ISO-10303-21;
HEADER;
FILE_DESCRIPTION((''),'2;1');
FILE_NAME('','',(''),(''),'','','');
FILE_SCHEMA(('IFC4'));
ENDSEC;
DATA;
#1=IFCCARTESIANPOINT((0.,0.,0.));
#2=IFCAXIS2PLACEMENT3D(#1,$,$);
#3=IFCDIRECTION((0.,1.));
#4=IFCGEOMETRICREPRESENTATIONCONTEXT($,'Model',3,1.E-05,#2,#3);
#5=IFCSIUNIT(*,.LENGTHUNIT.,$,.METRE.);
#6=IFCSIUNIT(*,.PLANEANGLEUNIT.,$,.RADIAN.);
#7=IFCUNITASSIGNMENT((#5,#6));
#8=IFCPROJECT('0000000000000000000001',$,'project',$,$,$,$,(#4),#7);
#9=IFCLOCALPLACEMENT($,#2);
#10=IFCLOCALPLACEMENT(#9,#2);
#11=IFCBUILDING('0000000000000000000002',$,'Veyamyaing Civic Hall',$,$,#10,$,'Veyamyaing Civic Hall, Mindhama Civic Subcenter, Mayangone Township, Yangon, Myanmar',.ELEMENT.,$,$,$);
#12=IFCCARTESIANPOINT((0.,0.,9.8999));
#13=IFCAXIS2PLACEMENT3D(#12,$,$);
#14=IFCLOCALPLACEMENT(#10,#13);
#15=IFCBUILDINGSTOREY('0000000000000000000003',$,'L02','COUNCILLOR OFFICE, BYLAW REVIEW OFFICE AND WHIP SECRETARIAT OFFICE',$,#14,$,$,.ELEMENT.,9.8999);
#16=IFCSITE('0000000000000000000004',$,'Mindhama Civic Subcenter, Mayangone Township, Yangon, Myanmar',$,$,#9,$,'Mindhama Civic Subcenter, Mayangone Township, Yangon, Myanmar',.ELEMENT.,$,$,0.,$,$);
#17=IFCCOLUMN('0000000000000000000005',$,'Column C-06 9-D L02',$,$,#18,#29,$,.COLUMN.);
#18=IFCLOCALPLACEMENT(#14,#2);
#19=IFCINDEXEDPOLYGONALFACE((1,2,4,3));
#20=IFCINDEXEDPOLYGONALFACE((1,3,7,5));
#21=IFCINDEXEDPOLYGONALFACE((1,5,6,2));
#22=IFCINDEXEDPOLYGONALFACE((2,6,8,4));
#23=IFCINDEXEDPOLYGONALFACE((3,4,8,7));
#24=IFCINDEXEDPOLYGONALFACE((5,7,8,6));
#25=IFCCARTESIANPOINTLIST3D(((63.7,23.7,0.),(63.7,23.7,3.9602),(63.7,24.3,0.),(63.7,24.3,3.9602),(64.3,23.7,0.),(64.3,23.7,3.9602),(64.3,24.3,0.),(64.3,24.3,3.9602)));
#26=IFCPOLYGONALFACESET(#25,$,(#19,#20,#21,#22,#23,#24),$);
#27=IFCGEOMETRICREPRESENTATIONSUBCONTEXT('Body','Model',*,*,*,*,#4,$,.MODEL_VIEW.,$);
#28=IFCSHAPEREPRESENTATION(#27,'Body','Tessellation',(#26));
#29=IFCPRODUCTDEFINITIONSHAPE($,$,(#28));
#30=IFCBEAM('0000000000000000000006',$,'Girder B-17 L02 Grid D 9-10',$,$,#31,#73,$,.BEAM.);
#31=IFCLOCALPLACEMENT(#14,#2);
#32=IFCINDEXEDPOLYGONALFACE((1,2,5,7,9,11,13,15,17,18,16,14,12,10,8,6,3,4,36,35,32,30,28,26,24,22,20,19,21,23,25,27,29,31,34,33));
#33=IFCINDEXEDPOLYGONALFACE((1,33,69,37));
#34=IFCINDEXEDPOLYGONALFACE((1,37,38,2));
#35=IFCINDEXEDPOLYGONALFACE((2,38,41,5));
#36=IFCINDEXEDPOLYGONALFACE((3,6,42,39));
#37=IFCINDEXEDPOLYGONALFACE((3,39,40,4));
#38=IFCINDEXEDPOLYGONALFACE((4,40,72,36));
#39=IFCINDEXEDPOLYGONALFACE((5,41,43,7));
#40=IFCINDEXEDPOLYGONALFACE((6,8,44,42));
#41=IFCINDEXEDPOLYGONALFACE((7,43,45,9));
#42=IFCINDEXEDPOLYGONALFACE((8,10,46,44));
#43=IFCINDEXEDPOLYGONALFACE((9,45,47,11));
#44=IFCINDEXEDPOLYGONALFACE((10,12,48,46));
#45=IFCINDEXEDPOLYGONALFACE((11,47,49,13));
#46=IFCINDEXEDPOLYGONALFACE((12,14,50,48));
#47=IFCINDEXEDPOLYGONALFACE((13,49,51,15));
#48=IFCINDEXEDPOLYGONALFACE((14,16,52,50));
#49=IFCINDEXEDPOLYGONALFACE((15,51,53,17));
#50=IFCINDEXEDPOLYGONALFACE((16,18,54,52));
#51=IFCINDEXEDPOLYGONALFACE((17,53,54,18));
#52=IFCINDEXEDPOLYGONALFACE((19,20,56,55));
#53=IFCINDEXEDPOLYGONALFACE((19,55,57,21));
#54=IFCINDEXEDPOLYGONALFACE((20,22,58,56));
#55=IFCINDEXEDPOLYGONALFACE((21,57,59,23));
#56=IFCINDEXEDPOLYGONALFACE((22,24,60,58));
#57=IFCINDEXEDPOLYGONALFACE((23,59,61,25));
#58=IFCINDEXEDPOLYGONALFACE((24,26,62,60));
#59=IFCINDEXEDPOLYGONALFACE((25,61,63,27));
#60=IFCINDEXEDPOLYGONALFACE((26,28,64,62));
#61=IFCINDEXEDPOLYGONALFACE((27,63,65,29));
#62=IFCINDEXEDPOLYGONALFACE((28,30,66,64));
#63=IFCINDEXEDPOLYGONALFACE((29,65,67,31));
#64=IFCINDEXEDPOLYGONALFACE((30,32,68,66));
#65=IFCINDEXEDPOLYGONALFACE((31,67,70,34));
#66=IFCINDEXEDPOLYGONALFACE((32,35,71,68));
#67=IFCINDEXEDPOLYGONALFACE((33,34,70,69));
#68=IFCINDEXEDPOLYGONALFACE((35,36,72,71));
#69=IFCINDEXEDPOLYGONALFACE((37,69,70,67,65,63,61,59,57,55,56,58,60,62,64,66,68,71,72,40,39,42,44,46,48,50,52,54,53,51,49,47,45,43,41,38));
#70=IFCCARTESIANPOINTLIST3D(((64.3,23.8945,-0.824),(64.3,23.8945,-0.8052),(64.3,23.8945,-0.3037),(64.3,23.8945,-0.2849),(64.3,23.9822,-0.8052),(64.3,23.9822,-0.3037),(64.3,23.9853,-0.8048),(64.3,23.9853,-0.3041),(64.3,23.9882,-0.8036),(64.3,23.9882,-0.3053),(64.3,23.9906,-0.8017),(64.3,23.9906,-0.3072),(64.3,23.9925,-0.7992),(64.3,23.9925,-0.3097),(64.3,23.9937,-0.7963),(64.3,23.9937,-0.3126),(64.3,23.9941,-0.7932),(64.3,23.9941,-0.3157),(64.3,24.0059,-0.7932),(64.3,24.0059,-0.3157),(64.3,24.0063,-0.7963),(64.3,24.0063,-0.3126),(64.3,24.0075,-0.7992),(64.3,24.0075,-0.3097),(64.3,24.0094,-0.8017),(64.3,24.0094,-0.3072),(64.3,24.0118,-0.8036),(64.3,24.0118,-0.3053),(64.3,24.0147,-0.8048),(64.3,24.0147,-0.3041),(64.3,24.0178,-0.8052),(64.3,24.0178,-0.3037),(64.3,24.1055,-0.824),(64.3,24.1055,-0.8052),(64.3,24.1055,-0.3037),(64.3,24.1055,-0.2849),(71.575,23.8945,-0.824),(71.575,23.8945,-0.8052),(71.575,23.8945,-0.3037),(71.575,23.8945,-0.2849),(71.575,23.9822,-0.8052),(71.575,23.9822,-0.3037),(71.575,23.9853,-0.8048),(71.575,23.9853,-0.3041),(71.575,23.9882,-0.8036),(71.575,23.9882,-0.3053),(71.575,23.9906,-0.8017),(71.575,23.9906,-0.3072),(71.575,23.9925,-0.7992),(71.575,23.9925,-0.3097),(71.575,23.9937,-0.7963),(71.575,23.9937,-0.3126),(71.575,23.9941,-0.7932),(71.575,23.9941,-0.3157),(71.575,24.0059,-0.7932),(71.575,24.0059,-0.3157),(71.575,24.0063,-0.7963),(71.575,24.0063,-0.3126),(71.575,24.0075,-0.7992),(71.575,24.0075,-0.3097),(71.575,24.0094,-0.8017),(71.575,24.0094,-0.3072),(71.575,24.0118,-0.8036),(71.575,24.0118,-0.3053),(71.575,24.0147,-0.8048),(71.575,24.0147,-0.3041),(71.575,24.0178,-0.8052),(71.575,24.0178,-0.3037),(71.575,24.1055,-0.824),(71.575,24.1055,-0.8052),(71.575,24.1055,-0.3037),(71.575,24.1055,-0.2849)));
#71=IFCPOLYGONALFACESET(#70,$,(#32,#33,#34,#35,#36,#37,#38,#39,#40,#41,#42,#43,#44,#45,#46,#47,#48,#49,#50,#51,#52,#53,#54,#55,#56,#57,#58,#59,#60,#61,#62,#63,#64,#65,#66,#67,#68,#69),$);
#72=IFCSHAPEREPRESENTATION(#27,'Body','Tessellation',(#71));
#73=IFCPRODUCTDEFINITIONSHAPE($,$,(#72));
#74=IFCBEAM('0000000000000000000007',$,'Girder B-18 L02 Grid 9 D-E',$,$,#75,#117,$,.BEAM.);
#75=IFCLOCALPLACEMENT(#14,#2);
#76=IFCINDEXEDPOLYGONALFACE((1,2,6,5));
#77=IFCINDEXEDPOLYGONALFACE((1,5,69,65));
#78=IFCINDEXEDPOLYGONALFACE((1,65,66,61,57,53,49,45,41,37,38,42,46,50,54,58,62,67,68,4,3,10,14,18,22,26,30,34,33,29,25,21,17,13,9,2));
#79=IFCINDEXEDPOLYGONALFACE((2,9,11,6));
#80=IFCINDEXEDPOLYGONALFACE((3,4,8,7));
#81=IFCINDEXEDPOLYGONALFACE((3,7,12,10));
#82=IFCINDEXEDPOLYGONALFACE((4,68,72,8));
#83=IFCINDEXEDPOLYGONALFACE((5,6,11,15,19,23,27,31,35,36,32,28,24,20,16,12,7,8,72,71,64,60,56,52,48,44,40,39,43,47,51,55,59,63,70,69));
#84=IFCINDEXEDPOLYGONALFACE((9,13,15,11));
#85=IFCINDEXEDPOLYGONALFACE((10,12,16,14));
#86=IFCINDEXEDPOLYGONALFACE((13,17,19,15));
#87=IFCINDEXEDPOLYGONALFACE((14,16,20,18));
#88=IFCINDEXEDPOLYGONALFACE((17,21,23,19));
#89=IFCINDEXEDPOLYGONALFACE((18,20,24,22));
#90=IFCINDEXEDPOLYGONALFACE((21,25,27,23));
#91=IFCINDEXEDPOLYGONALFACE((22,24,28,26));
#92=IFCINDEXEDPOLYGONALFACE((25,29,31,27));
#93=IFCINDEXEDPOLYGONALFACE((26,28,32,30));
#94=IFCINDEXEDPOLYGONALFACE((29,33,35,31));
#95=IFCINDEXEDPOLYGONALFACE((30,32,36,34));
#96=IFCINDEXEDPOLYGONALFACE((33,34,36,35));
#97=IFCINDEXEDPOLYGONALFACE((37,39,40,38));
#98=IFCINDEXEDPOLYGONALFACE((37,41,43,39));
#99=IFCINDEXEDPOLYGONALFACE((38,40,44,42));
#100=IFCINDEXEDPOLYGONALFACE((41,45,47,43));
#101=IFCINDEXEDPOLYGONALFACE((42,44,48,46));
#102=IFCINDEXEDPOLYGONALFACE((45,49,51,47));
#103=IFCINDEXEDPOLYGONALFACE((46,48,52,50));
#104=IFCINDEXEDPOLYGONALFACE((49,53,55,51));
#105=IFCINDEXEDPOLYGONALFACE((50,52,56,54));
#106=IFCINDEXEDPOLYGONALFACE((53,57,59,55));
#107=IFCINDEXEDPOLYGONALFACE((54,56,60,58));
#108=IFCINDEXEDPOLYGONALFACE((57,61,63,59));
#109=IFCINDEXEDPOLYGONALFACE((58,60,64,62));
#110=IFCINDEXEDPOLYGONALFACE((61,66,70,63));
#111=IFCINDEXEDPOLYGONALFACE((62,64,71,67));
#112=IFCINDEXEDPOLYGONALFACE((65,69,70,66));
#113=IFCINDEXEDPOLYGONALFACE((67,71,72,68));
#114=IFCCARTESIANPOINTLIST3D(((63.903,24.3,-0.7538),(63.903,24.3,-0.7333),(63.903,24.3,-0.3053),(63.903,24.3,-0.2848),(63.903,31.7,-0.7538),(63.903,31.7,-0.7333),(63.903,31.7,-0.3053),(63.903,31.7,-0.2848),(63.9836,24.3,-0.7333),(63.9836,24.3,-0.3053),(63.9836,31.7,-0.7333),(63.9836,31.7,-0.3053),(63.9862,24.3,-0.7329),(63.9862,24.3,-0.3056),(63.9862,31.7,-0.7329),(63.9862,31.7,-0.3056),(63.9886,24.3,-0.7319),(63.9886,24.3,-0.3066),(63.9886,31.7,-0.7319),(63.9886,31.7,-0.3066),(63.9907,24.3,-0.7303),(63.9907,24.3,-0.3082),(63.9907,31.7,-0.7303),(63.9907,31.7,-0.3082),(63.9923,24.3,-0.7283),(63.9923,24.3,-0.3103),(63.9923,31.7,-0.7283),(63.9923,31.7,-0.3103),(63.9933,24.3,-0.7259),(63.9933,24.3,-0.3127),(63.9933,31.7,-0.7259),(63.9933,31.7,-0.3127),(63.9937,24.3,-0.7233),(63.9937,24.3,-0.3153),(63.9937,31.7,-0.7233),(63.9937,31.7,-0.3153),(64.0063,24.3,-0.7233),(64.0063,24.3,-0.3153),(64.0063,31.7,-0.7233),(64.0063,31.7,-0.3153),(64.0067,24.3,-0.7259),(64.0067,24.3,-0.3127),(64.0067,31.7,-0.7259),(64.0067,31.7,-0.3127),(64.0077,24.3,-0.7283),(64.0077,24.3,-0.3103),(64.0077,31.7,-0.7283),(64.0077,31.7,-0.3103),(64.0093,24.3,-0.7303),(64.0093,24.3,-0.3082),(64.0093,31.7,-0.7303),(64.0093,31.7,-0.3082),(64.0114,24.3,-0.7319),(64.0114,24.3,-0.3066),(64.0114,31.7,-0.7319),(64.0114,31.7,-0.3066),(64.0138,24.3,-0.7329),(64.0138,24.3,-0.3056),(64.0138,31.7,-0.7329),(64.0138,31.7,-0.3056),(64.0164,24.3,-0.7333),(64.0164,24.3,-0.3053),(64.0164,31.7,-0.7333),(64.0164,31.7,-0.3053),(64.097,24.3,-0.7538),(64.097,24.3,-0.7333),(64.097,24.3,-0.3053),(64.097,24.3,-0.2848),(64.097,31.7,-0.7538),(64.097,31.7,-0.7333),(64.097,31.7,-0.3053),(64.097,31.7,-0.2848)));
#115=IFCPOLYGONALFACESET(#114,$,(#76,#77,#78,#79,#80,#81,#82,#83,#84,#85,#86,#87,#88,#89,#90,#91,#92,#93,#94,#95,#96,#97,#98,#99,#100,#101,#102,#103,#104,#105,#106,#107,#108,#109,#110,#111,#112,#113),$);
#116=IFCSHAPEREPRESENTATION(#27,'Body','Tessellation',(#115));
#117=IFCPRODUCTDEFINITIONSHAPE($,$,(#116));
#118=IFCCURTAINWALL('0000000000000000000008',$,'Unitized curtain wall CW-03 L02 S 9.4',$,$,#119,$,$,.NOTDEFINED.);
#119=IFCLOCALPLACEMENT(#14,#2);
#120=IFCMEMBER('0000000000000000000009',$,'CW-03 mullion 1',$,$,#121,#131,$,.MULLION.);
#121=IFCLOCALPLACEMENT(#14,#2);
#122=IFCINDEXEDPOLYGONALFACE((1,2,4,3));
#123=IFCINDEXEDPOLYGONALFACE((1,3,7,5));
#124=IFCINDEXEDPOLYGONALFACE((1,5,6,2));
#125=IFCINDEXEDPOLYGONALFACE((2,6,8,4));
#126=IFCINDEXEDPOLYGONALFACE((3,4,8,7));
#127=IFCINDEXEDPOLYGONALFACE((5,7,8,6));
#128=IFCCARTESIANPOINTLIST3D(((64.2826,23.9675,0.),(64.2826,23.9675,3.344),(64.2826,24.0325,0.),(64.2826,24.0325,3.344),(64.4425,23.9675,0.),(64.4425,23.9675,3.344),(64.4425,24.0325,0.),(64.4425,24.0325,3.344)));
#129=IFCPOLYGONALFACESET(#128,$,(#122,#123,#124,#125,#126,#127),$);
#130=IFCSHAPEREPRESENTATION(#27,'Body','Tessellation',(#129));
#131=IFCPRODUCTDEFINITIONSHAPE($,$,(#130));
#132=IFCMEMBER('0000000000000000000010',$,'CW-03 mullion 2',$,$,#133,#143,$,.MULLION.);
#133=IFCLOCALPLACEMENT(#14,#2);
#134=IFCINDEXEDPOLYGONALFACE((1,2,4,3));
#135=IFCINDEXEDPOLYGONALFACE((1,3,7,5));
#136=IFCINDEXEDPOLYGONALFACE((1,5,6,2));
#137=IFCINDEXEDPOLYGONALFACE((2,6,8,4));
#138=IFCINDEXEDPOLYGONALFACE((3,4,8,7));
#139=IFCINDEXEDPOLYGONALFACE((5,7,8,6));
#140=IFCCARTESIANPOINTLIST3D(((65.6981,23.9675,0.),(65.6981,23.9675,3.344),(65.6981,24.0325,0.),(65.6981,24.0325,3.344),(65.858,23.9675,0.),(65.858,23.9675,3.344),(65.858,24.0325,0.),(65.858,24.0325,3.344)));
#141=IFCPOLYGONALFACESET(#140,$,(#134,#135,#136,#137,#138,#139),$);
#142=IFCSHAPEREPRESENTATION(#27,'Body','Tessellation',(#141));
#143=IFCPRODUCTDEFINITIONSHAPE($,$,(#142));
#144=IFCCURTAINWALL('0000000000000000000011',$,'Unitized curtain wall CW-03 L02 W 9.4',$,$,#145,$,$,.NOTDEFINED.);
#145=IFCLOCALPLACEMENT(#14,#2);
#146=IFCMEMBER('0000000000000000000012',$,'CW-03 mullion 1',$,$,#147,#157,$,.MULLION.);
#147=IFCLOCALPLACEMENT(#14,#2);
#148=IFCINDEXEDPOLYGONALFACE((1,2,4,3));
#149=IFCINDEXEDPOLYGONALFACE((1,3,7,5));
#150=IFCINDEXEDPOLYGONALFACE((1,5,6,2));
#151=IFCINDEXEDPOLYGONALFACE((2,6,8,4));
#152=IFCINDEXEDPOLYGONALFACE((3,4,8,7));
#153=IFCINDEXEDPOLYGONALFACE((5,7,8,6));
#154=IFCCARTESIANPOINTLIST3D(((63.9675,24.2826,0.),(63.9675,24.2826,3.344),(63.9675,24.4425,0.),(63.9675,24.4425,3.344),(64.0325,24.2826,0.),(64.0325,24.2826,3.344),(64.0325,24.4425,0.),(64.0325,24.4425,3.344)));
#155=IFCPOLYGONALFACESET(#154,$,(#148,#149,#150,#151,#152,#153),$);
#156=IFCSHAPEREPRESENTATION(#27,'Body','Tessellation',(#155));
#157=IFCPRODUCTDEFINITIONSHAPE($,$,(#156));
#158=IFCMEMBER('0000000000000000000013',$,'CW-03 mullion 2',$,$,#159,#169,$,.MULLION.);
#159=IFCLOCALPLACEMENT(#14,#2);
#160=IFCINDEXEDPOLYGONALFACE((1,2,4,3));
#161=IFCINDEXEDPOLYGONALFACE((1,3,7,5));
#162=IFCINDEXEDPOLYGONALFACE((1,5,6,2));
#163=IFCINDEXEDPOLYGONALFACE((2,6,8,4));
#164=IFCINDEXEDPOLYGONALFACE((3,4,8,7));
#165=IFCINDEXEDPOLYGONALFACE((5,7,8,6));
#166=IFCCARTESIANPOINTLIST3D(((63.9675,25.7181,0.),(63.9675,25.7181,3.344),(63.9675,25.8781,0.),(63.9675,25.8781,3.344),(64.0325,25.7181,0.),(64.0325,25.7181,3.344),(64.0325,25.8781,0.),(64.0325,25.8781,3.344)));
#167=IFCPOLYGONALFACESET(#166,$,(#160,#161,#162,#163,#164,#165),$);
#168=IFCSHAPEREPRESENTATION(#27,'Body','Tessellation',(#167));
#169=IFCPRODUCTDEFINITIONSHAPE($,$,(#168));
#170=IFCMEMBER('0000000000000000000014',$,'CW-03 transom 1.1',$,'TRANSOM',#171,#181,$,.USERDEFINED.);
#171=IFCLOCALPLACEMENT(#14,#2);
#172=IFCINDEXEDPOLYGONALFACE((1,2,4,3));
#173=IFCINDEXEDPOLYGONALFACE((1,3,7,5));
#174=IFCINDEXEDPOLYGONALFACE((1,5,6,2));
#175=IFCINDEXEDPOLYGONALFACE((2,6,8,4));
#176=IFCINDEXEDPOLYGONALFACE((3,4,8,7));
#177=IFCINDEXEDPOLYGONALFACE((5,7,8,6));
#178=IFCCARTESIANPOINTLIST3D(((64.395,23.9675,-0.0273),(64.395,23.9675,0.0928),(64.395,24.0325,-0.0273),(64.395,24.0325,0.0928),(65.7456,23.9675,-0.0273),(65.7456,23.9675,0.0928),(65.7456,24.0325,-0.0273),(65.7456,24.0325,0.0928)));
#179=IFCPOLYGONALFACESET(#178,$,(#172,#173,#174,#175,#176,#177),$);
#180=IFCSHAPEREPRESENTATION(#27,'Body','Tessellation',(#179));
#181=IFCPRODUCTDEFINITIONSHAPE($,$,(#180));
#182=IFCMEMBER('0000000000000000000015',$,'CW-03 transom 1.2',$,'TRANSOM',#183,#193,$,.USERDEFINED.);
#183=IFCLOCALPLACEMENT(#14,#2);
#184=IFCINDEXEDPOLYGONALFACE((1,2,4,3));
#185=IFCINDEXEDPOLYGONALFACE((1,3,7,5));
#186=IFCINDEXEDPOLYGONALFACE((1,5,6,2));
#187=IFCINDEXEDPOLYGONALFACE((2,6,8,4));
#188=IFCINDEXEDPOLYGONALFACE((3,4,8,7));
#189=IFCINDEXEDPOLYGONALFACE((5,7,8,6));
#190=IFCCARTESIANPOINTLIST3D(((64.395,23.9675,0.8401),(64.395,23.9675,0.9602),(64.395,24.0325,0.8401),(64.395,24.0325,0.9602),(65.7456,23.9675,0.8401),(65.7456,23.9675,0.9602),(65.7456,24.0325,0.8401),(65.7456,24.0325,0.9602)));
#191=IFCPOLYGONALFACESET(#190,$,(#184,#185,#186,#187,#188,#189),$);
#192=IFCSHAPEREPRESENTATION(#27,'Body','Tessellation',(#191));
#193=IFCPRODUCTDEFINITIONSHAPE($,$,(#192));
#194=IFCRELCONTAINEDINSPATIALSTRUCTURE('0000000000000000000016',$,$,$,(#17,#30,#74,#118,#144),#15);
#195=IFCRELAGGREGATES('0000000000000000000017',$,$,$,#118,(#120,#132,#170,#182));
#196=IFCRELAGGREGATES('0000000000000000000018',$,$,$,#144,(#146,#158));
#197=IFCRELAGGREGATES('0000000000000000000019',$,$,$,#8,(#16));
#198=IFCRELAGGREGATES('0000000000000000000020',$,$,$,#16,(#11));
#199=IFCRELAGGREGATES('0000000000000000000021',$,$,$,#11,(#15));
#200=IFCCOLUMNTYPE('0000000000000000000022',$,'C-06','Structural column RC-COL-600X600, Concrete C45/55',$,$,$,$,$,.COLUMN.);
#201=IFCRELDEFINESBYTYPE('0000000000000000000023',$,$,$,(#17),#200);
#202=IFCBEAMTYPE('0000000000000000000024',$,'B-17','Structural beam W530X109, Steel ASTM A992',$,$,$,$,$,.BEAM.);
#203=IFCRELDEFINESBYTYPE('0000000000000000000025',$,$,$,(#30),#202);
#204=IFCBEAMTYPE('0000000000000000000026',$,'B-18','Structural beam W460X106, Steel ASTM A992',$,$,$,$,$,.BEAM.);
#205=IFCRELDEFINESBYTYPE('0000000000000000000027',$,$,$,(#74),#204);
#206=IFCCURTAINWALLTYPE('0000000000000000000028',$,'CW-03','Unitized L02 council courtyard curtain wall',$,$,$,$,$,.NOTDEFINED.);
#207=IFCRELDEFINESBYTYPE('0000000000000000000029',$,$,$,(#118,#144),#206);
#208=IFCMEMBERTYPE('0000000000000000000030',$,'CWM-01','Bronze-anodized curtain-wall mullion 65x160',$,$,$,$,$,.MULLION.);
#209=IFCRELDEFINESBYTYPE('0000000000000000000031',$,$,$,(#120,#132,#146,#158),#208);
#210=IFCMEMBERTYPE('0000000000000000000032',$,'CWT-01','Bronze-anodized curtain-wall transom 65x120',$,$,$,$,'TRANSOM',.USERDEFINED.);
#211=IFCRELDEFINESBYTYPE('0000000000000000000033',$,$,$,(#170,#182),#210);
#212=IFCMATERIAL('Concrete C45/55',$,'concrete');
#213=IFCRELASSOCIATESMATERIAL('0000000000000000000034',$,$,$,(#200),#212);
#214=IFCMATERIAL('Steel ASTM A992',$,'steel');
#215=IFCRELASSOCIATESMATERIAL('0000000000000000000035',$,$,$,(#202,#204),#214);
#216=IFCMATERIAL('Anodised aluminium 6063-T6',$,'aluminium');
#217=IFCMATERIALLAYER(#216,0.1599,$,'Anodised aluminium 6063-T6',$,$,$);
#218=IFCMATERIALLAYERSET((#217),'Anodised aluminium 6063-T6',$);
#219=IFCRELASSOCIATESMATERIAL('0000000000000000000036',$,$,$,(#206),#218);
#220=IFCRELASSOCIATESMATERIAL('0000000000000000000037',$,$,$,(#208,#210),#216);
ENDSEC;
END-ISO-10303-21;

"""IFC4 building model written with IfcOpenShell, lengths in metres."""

from ifc_helpers import new_model, si_unit, direction, frame, origin, origin_2d, place, context, subcontext, project, spatial, rectangle, i_section, extrude, material, layer, layer_set, material_profile, profile_set, type_object, element, aggregate, save


model = new_model("IFC4")

# Units and contexts
model_context = context("Model", 3, precision=1e-05, world=origin(), true_north=direction((0.0, 1.0)))
body_context = subcontext(model_context, "Body", "Model", "MODEL_VIEW")
ifc_project = project(units=[si_unit("LENGTHUNIT", "METRE"), si_unit("PLANEANGLEUNIT", "RADIAN")], contexts=[model_context])

# Site, building, storey
site_placement = place(None, origin())
site = spatial("IfcSite", under=ifc_project, at=site_placement, Name="Mindhama Civic Subcenter, Mayangone Township, Yangon, Myanmar", LongName="Mindhama Civic Subcenter, Mayangone Township, Yangon, Myanmar", CompositionType="ELEMENT", RefElevation=0.0)
building_placement = place(site_placement, origin())
building = spatial("IfcBuilding", under=site, at=building_placement, Name="Veyamyaing Civic Hall", LongName="Veyamyaing Civic Hall, Mindhama Civic Subcenter, Mayangone Township, Yangon, Myanmar", CompositionType="ELEMENT")
storey_placement = place(building_placement, frame((0.0, 0.0, 9.8999)))
storey = spatial("IfcBuildingStorey", under=building, at=storey_placement, Name="L02", Description="COUNCILLOR OFFICE, BYLAW REVIEW OFFICE AND WHIP SECRETARIAT OFFICE", CompositionType="ELEMENT", Elevation=9.8999)

# Column
ifc_material_1 = material(Name="Concrete C45/55", Category="concrete")
ifc_material_profile_1 = material_profile(ifc_material_1, rectangle(XDim=0.6001, YDim=0.6001, at=origin_2d()), Name="RC-COL-600X600")
ifc_profile_set_1 = profile_set([ifc_material_profile_1], Name="Concrete C45/55")
column_type = type_object("IfcColumnType", Name="C-06", Description="Structural column RC-COL-600X600, Concrete C45/55", PredefinedType="COLUMN", material=ifc_profile_set_1)
column_placement = place(storey_placement, frame((64.0, 24.0, 0.0), z_axis=(0.0, 0.0, 1.0), x_axis=(1.0, 0.0, 0.0)))
element("IfcColumn", 1, at=column_placement, inside=storey, type_object=column_type, Name="Column C-06 9-D L02", PredefinedType="COLUMN", context=body_context, shape_type="SweptSolid", body=[
    extrude(rectangle(XDim=0.6001, YDim=0.6001, at=origin_2d()), origin(), (0.0, 0.0, 1.0), 3.9602),
])

# Beams
ifc_material_2 = material(Name="Steel ASTM A992", Category="steel")
ifc_material_profile_2 = material_profile(ifc_material_2, i_section(OverallWidth=0.2109, OverallDepth=0.5391, WebThickness=0.0117, FlangeThickness=0.0188, FilletRadius=0.012, at=origin_2d()), Name="W530X109")
ifc_profile_set_2 = profile_set([ifc_material_profile_2], Name="Steel ASTM A992")
beam_type_1 = type_object("IfcBeamType", Name="B-17", Description="Structural beam W530X109, Steel ASTM A992", PredefinedType="BEAM", material=ifc_profile_set_2)
beam_1_placement = place(storey_placement, frame((64.3, 24.0, -0.5544), z_axis=(1.0, 0.0, 0.0), x_axis=(0.0, 1.0, 0.0)))
element("IfcBeam", 2, at=beam_1_placement, inside=storey, type_object=beam_type_1, Name="Girder B-17 L02 Grid D 9-10", PredefinedType="BEAM", context=body_context, shape_type="SweptSolid", body=[
    extrude(i_section(OverallWidth=0.2109, OverallDepth=0.5391, WebThickness=0.0117, FlangeThickness=0.0188, FilletRadius=0.012, at=origin_2d()), origin(), (0.0, 0.0, 1.0), 7.2749),
])
ifc_material_profile_3 = material_profile(ifc_material_2, i_section(OverallWidth=0.1941, OverallDepth=0.469, WebThickness=0.0127, FlangeThickness=0.0205, FilletRadius=0.01, at=origin_2d()), Name="W460X106")
ifc_profile_set_3 = profile_set([ifc_material_profile_3], Name="Steel ASTM A992")
beam_type_2 = type_object("IfcBeamType", Name="B-18", Description="Structural beam W460X106, Steel ASTM A992", PredefinedType="BEAM", material=ifc_profile_set_3)
beam_2_placement = place(storey_placement, frame((64.0, 24.3, -0.5193), z_axis=(0.0, 1.0, 0.0), x_axis=(-1.0, 0.0, 0.0)))
element("IfcBeam", 3, at=beam_2_placement, inside=storey, type_object=beam_type_2, Name="Girder B-18 L02 Grid 9 D-E", PredefinedType="BEAM", context=body_context, shape_type="SweptSolid", body=[
    extrude(i_section(OverallWidth=0.1941, OverallDepth=0.469, WebThickness=0.0127, FlangeThickness=0.0205, FilletRadius=0.01, at=origin_2d()), origin(), (0.0, 0.0, 1.0), 7.3999),
])

# Curtain walls, members
ifc_material_3 = material(Name="Anodised aluminium 6063-T6", Category="aluminium")
ifc_layer_1 = layer(ifc_material_3, 0.1599, Name="Anodised aluminium 6063-T6")
ifc_layer_set_1 = layer_set([ifc_layer_1], Name="Anodised aluminium 6063-T6")
curtain_wall_type = type_object("IfcCurtainWallType", Name="CW-03", Description="Unitized L02 council courtyard curtain wall", PredefinedType="NOTDEFINED", material=ifc_layer_set_1)
curtain_wall_1_placement = place(storey_placement, origin())
curtain_wall_1 = element("IfcCurtainWall", 4, at=curtain_wall_1_placement, inside=storey, type_object=curtain_wall_type, Name="Unitized curtain wall CW-03 L02 S 9.4", PredefinedType="NOTDEFINED")
ifc_material_profile_4 = material_profile(ifc_material_3, rectangle(XDim=0.0649, YDim=0.1599, at=origin_2d()), Name="ALU-MUL-65X160")
ifc_profile_set_4 = profile_set([ifc_material_profile_4], Name="Anodised aluminium 6063-T6")
member_type_1 = type_object("IfcMemberType", Name="CWM-01", Description="Bronze-anodized curtain-wall mullion 65x160", PredefinedType="MULLION", material=ifc_profile_set_4)
member_1_placement = place(storey_placement, frame((64.3625, 24.0, 0.0), z_axis=(0.0, 0.0, 1.0), x_axis=(0.0, 1.0, 0.0)))
member_1 = element("IfcMember", 5, at=member_1_placement, type_object=member_type_1, Name="CW-03 mullion 1", PredefinedType="MULLION", context=body_context, shape_type="SweptSolid", body=[
    extrude(rectangle(XDim=0.0649, YDim=0.1599, at=origin_2d()), origin(), (0.0, 0.0, 1.0), 3.344),
])
member_2_placement = place(storey_placement, frame((65.7781, 24.0, 0.0), z_axis=(0.0, 0.0, 1.0), x_axis=(0.0, 1.0, 0.0)))
member_2 = element("IfcMember", 6, at=member_2_placement, type_object=member_type_1, Name="CW-03 mullion 2", PredefinedType="MULLION", context=body_context, shape_type="SweptSolid", body=[
    extrude(rectangle(XDim=0.0649, YDim=0.1599, at=origin_2d()), origin(), (0.0, 0.0, 1.0), 3.344),
])
curtain_wall_2_placement = place(storey_placement, origin())
curtain_wall_2 = element("IfcCurtainWall", 7, at=curtain_wall_2_placement, inside=storey, type_object=curtain_wall_type, Name="Unitized curtain wall CW-03 L02 W 9.4", PredefinedType="NOTDEFINED")
member_3_placement = place(storey_placement, frame((64.0, 24.3625, 0.0), z_axis=(0.0, 0.0, 1.0), x_axis=(-1.0, 0.0, 0.0)))
member_3 = element("IfcMember", 8, at=member_3_placement, type_object=member_type_1, Name="CW-03 mullion 1", PredefinedType="MULLION", context=body_context, shape_type="SweptSolid", body=[
    extrude(rectangle(XDim=0.0649, YDim=0.1599, at=origin_2d()), origin(), (0.0, 0.0, 1.0), 3.344),
])
member_4_placement = place(storey_placement, frame((64.0, 25.7981, 0.0), z_axis=(0.0, 0.0, 1.0), x_axis=(-1.0, 0.0, 0.0)))
member_4 = element("IfcMember", 9, at=member_4_placement, type_object=member_type_1, Name="CW-03 mullion 2", PredefinedType="MULLION", context=body_context, shape_type="SweptSolid", body=[
    extrude(rectangle(XDim=0.0649, YDim=0.1599, at=origin_2d()), origin(), (0.0, 0.0, 1.0), 3.344),
])

# Members
ifc_material_profile_5 = material_profile(ifc_material_3, rectangle(XDim=0.0649, YDim=0.1201, at=origin_2d()), Name="ALU-TRN-65X120")
ifc_profile_set_5 = profile_set([ifc_material_profile_5], Name="Anodised aluminium 6063-T6")
member_type_2 = type_object("IfcMemberType", Name="CWT-01", Description="Bronze-anodized curtain-wall transom 65x120", ElementType="TRANSOM", PredefinedType="USERDEFINED", material=ifc_profile_set_5)
member_5_placement = place(storey_placement, frame((64.395, 24.0, 0.0327), z_axis=(1.0, 0.0, 0.0), x_axis=(0.0, 1.0, 0.0)))
member_5 = element("IfcMember", 10, at=member_5_placement, type_object=member_type_2, Name="CW-03 transom 1.1", ObjectType="TRANSOM", PredefinedType="USERDEFINED", context=body_context, shape_type="SweptSolid", body=[
    extrude(rectangle(XDim=0.0649, YDim=0.1201, at=origin_2d()), origin(), (0.0, 0.0, 1.0), 1.3506),
])
member_6_placement = place(storey_placement, frame((64.395, 24.0, 0.9001), z_axis=(1.0, 0.0, 0.0), x_axis=(0.0, 1.0, 0.0)))
member_6 = element("IfcMember", 11, at=member_6_placement, type_object=member_type_2, Name="CW-03 transom 1.2", ObjectType="TRANSOM", PredefinedType="USERDEFINED", context=body_context, shape_type="SweptSolid", body=[
    extrude(rectangle(XDim=0.0649, YDim=0.1201, at=origin_2d()), origin(), (0.0, 0.0, 1.0), 1.3506),
])

aggregate(curtain_wall_1, [member_1, member_2, member_5, member_6])
aggregate(curtain_wall_2, [member_3, member_4])

save(model, "model.ifc")
